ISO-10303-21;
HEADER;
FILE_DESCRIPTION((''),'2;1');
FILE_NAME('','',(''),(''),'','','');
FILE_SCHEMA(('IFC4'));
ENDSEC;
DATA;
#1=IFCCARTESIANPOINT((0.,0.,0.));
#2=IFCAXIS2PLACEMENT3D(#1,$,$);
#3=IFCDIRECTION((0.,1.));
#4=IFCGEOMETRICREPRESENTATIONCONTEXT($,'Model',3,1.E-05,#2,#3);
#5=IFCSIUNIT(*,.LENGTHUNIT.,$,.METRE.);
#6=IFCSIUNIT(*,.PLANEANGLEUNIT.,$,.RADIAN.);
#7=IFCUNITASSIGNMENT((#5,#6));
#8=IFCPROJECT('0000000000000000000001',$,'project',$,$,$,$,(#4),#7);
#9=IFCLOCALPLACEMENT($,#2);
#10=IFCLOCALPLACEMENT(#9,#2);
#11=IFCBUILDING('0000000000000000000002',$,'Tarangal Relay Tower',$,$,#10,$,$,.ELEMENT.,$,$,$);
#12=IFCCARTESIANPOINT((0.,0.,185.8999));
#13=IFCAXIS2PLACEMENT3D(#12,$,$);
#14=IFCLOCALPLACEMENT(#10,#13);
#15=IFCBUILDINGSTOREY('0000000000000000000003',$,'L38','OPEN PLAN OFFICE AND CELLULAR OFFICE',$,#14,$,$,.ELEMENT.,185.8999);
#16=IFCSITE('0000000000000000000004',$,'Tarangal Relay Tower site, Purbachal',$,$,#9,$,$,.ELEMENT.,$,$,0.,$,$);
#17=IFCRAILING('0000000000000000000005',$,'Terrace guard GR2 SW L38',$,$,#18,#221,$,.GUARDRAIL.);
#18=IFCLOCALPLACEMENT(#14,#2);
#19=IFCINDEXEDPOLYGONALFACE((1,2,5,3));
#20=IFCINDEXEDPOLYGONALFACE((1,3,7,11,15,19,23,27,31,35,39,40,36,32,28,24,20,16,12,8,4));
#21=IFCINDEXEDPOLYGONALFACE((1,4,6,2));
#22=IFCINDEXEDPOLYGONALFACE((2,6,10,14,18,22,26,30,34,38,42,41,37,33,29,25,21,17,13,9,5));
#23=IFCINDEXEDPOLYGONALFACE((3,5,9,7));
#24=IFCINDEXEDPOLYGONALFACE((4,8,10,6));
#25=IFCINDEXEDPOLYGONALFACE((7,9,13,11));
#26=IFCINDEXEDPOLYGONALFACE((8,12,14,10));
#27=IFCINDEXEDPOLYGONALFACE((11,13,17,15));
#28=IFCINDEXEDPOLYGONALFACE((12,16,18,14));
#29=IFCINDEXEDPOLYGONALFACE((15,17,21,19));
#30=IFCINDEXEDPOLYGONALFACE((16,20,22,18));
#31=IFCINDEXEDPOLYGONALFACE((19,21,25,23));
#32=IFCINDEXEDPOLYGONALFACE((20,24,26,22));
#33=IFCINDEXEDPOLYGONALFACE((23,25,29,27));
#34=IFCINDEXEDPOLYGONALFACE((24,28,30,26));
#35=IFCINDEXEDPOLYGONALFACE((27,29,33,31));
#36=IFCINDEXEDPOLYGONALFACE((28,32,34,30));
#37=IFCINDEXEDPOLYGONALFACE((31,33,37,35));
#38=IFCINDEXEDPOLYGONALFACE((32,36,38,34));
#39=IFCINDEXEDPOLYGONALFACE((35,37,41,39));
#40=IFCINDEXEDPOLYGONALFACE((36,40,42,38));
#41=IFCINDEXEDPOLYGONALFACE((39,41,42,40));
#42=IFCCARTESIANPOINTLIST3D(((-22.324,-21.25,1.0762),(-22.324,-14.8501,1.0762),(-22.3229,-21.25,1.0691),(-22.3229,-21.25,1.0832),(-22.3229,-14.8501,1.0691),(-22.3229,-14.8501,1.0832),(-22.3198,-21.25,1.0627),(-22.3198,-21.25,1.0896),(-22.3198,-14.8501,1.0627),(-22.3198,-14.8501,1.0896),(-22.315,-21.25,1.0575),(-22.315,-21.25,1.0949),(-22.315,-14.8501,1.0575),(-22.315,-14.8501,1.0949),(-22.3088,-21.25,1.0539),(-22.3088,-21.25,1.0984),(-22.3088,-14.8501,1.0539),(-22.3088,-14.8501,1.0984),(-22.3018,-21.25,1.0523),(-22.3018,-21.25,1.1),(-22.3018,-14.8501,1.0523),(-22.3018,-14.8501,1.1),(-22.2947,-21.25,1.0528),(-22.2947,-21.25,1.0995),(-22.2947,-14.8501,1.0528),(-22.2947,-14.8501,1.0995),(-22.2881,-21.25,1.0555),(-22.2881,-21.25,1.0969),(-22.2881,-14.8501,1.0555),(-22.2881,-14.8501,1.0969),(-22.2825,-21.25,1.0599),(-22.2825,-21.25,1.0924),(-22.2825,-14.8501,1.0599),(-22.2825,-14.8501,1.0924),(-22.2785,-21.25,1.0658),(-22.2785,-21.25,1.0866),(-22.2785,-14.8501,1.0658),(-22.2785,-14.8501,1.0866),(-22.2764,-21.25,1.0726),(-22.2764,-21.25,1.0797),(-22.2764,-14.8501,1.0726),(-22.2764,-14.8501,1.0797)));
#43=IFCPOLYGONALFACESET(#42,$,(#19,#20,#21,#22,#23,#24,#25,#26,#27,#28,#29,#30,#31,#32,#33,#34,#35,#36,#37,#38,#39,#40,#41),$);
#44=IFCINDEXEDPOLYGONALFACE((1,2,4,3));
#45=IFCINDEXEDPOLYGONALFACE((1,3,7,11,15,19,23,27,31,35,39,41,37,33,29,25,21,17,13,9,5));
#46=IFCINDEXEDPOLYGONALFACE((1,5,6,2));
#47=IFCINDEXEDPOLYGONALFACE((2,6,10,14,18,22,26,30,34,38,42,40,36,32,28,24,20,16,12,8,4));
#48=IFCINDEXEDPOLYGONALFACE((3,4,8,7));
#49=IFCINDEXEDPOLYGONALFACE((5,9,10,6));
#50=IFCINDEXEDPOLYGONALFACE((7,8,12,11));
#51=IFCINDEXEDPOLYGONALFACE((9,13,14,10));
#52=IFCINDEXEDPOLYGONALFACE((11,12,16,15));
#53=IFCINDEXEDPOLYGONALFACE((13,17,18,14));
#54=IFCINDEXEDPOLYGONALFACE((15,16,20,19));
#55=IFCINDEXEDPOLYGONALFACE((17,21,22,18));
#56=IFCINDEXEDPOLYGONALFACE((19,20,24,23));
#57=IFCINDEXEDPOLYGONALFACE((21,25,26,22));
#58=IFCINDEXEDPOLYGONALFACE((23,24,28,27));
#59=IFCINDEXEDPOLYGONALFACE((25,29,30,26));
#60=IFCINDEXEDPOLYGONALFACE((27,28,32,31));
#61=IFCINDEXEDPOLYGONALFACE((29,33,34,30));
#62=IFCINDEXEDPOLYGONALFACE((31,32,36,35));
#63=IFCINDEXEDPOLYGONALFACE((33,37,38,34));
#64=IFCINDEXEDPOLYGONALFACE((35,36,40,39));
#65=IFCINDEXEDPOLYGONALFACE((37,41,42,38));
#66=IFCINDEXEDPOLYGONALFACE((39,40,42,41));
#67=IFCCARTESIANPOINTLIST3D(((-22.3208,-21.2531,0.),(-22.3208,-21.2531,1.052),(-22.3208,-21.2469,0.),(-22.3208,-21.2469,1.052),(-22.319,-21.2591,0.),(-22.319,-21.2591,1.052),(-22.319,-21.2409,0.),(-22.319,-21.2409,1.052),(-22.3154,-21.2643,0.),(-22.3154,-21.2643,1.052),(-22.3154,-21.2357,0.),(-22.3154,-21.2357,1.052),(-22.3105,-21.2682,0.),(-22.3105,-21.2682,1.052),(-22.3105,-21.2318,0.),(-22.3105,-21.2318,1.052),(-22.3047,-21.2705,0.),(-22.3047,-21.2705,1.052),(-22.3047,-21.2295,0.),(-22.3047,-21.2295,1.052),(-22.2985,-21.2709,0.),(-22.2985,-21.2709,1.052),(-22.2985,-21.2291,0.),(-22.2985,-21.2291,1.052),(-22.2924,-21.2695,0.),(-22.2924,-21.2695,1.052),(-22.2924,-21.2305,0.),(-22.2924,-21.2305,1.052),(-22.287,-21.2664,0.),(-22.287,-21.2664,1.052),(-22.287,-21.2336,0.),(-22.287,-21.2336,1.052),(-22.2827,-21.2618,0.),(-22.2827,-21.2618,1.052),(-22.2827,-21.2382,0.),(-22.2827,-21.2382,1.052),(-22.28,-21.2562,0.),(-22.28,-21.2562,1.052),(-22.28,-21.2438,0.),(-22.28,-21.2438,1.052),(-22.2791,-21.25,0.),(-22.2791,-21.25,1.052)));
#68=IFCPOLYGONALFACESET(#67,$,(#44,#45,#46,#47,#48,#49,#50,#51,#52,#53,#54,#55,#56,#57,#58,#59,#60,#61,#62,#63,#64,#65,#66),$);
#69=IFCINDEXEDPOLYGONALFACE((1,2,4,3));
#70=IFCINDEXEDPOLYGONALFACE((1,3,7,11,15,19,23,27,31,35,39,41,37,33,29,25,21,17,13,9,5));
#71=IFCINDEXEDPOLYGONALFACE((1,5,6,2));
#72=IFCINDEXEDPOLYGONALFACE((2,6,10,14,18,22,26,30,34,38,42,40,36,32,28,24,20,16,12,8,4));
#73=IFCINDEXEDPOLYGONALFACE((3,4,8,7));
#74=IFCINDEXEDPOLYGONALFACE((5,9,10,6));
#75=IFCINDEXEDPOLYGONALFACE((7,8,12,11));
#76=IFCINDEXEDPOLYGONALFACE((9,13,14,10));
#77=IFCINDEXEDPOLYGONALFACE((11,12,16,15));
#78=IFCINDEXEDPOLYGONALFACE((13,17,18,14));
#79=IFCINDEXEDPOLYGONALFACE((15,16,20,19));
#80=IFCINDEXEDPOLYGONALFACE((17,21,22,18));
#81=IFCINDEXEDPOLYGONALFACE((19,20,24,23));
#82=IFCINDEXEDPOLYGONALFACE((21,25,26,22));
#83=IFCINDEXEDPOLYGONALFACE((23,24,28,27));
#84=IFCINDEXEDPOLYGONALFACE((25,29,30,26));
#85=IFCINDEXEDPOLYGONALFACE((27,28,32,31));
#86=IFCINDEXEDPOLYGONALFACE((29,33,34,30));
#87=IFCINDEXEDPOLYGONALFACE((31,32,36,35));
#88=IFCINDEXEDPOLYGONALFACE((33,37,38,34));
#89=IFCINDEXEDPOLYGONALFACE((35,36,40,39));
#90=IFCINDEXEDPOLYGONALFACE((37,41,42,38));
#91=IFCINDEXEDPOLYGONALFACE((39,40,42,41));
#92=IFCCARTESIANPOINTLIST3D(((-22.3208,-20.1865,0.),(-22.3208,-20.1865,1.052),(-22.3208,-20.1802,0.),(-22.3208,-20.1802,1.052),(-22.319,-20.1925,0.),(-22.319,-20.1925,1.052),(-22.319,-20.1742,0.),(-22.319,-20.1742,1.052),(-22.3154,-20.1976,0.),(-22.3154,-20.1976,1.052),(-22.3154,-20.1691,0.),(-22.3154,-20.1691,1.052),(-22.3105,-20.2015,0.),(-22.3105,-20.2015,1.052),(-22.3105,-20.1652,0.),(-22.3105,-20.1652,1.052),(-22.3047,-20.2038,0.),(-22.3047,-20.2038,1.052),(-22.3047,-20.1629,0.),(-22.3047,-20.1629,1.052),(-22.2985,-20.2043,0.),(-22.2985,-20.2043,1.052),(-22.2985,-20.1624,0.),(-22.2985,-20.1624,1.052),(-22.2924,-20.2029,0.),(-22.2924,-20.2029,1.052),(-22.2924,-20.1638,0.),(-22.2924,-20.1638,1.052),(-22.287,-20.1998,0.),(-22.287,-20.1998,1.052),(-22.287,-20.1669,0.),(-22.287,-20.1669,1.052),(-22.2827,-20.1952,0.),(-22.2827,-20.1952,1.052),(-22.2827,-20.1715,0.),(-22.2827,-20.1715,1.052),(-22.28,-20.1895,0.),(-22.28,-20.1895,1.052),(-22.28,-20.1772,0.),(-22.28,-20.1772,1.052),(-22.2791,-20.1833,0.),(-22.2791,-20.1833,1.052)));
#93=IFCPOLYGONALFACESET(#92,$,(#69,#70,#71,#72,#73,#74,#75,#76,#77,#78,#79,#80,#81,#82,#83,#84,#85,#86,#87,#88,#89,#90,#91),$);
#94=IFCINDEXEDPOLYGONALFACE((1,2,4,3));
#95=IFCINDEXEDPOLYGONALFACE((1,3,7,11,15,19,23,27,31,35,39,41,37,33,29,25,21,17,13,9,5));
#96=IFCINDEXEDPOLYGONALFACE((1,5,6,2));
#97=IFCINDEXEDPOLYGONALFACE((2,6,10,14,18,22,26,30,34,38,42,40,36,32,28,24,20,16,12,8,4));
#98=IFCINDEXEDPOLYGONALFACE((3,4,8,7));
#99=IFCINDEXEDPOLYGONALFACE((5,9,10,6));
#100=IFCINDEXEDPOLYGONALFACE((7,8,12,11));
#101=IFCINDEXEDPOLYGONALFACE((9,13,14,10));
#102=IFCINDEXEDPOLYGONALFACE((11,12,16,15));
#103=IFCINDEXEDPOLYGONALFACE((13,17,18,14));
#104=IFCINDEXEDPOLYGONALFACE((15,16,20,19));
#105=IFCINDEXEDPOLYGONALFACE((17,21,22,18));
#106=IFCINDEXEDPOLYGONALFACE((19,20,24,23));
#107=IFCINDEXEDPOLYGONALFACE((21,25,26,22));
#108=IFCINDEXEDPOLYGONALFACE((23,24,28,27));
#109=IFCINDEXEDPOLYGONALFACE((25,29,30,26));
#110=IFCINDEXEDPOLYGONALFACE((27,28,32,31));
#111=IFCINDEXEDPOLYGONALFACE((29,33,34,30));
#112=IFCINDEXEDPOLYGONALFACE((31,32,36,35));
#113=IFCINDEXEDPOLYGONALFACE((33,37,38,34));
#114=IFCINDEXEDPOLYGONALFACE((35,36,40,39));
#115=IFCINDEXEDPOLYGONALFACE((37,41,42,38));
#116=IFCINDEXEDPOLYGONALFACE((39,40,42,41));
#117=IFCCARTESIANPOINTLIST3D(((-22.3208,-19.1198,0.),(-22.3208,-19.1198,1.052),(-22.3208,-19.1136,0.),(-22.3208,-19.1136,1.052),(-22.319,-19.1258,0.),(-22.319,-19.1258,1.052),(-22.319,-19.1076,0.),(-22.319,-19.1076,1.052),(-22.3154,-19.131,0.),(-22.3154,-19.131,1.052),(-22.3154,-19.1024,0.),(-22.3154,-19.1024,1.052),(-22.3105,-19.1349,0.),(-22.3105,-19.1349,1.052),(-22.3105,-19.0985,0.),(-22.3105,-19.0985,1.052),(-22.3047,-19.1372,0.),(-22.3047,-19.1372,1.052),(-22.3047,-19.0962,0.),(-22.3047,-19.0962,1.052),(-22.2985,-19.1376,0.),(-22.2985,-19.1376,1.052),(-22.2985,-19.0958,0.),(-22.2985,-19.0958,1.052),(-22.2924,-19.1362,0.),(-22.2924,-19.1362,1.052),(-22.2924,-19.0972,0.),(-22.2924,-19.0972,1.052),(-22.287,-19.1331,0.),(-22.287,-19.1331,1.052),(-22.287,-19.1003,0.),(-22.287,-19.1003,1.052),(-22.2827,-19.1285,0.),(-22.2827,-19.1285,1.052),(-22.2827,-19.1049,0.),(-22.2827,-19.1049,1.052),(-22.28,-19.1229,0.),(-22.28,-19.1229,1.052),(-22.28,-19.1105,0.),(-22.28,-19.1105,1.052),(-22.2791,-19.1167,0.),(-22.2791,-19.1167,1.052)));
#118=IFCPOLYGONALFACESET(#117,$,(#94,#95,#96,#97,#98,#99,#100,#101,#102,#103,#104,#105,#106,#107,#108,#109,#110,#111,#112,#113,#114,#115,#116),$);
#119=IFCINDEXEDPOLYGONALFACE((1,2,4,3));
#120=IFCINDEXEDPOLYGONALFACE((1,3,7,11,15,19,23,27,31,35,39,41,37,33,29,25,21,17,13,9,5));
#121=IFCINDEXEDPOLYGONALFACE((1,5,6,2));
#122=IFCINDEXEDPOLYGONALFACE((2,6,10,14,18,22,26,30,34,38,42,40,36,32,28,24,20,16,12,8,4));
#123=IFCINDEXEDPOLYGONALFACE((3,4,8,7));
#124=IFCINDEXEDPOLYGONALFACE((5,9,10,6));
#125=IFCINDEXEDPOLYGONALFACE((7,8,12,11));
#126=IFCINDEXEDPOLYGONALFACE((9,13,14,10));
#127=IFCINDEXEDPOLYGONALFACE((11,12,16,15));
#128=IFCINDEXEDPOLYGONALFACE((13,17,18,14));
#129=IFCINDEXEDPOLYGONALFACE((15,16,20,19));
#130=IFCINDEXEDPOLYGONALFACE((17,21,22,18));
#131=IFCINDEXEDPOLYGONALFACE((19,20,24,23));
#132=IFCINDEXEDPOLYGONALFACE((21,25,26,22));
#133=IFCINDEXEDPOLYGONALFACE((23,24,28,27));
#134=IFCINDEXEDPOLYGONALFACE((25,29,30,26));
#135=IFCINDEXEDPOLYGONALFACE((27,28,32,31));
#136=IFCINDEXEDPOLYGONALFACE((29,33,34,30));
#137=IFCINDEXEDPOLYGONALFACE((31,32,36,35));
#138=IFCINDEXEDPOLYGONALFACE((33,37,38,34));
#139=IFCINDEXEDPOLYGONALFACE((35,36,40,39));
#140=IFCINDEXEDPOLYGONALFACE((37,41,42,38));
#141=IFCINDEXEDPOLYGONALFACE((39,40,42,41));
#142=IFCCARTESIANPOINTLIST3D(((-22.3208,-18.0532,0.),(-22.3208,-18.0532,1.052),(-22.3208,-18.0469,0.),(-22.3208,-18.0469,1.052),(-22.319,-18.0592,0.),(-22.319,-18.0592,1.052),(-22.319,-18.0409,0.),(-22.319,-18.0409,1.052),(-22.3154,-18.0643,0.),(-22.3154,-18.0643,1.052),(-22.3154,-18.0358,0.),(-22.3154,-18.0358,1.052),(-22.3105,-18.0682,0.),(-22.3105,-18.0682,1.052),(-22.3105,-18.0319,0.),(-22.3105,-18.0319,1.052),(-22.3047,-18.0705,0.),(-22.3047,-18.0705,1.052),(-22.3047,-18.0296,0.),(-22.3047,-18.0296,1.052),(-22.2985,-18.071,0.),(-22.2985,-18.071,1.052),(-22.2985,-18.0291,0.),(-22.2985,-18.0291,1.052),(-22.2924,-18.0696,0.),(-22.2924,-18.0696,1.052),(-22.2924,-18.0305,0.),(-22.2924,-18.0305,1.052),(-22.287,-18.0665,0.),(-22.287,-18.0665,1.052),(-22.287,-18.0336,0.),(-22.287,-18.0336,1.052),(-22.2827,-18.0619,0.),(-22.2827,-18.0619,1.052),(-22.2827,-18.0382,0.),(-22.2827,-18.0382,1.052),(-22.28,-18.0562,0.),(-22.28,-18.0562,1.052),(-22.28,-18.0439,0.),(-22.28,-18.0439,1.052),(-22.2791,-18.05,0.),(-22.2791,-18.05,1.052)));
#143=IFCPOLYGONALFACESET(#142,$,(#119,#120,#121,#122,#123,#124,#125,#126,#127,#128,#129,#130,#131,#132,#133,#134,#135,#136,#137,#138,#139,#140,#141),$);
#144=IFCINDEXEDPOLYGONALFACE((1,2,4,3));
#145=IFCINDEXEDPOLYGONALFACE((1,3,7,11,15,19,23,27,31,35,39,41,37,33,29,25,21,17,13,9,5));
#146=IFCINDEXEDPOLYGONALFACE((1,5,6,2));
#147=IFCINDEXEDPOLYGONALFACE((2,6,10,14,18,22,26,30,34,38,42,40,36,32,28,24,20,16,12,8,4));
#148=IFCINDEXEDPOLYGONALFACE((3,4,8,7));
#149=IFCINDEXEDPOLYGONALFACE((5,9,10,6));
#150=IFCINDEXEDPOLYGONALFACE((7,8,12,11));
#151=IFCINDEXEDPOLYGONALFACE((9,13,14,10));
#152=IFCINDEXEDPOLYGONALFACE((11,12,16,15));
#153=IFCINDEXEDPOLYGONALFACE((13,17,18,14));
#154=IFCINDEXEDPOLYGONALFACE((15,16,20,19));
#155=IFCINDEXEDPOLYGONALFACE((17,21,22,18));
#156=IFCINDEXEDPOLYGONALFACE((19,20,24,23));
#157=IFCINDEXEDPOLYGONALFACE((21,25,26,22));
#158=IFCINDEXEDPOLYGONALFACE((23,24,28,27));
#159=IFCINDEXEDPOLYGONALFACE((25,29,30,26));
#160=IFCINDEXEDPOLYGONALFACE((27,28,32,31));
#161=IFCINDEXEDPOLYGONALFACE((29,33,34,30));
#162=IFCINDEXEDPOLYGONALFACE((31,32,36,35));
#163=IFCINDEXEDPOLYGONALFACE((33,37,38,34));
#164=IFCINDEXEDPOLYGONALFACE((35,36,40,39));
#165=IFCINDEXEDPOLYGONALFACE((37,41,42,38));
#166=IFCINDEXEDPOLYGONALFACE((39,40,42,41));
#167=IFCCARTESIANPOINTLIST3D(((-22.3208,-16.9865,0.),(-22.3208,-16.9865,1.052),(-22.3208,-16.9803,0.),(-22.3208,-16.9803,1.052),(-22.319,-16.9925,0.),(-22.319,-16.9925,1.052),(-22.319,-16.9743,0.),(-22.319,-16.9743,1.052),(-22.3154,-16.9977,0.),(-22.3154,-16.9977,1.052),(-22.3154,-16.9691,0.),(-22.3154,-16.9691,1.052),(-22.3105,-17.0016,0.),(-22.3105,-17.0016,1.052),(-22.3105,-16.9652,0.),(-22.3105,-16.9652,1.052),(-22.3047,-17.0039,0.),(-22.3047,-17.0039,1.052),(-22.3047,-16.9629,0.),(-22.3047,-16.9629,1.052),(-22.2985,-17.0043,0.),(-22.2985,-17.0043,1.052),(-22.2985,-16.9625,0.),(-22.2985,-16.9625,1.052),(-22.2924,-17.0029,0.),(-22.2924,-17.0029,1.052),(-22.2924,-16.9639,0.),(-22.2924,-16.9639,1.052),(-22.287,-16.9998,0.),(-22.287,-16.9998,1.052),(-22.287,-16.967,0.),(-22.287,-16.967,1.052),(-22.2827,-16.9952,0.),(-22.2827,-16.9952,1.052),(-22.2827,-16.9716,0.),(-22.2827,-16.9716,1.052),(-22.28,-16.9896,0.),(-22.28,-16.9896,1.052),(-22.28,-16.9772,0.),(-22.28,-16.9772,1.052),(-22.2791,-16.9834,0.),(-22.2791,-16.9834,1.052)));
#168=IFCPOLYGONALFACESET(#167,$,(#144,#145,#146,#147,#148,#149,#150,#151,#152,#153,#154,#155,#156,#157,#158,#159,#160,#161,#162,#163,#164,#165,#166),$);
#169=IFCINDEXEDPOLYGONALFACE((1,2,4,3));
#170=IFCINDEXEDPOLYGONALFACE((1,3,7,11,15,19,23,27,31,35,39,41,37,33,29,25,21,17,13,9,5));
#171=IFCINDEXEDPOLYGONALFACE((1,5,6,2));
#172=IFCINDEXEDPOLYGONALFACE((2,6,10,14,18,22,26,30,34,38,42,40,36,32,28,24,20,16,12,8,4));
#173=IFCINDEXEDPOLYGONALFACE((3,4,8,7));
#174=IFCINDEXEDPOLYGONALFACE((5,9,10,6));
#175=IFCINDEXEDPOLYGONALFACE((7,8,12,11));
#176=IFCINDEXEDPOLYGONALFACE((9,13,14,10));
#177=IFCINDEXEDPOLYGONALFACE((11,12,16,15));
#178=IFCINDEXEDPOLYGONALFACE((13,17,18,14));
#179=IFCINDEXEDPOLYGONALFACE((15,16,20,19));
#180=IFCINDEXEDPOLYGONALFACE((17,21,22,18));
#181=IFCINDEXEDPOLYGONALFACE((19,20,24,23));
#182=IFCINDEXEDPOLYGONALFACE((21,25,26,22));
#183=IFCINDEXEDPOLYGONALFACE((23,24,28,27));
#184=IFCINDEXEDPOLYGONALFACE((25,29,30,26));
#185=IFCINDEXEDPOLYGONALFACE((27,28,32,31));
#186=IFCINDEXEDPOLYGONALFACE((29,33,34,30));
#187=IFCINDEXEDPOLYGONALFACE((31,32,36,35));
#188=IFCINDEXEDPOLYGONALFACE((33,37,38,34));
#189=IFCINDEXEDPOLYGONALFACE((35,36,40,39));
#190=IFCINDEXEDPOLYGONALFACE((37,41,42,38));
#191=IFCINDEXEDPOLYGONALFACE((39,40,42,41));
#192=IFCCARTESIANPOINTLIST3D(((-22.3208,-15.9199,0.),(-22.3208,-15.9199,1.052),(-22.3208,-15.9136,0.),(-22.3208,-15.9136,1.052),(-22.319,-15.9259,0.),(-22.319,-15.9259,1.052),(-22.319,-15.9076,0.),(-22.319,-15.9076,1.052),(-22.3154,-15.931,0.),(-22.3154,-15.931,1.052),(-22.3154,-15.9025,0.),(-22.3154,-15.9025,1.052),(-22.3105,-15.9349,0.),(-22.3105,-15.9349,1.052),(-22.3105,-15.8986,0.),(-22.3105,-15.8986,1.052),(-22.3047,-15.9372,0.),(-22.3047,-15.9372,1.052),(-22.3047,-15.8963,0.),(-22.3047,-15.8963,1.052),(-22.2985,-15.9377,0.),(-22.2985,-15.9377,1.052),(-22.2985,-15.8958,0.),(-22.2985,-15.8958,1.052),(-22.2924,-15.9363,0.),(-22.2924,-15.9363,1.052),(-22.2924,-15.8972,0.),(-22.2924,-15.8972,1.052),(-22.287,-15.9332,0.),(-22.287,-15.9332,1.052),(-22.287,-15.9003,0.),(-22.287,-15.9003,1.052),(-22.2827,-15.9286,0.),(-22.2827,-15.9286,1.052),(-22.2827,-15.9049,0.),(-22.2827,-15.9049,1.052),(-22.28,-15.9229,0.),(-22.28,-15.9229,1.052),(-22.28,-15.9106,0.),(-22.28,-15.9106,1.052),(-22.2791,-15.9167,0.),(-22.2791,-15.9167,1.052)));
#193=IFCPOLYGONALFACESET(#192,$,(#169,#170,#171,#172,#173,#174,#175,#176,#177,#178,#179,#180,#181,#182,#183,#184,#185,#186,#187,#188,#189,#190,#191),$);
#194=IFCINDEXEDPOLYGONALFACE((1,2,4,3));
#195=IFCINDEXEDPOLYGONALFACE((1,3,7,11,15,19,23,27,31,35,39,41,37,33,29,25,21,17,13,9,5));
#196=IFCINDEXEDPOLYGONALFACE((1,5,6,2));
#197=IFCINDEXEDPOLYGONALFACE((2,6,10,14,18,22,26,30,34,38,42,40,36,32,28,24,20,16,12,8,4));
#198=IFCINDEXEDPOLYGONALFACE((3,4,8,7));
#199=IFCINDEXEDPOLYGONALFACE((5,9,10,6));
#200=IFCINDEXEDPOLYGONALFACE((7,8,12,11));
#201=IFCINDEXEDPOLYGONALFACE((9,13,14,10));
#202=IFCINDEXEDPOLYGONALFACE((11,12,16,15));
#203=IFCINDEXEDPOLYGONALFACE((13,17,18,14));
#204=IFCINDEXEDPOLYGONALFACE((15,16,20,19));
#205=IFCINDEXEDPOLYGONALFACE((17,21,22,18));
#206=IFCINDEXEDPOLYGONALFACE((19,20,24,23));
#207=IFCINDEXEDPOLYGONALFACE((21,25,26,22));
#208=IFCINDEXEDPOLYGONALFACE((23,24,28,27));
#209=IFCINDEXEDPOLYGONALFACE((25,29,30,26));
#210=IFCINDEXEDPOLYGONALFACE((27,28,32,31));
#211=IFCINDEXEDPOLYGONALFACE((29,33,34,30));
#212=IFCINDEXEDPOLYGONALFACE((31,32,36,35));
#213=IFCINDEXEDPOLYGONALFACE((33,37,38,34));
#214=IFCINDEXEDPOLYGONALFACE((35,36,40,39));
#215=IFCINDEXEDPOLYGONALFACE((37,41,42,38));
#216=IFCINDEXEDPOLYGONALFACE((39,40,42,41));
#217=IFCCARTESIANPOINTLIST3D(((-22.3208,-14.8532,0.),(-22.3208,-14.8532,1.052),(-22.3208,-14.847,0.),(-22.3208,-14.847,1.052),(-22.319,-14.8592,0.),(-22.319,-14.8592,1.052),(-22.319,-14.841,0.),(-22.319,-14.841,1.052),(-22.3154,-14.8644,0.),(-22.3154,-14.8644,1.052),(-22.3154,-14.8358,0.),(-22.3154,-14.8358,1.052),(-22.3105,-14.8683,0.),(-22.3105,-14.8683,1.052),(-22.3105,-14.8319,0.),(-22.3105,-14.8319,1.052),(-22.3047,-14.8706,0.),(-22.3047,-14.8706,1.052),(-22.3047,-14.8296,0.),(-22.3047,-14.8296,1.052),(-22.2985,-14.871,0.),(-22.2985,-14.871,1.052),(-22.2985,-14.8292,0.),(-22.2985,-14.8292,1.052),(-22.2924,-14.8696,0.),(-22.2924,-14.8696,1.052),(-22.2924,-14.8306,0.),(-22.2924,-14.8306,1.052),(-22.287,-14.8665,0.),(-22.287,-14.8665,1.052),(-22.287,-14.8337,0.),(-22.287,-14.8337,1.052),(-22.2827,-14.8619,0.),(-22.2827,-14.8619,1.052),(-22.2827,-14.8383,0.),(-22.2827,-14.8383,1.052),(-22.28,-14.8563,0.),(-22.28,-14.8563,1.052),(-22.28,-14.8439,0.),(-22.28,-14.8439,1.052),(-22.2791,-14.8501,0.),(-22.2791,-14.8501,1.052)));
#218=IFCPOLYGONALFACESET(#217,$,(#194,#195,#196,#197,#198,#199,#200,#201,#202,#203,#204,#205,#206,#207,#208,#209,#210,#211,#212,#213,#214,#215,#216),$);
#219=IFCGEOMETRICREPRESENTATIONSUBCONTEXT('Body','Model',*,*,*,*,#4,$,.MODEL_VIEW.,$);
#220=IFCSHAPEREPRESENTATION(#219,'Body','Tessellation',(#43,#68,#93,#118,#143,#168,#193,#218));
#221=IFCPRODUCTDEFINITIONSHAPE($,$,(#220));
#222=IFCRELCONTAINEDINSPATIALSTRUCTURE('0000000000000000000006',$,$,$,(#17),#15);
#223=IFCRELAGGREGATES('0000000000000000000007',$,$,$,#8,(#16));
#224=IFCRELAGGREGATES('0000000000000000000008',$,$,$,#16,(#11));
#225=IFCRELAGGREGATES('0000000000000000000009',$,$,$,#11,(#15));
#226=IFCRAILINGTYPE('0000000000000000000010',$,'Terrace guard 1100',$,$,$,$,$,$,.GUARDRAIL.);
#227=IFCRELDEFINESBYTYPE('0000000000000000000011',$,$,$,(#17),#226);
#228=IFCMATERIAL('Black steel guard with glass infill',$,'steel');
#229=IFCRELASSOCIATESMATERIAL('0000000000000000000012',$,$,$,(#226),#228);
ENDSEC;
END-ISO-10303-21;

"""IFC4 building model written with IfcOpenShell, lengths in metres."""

from ifc_helpers import new_model, si_unit, direction, frame, origin, origin_2d, place, context, subcontext, project, spatial, circle, extrude, material, type_object, element, save


model = new_model("IFC4")

# Units and contexts
model_context = context("Model", 3, precision=1e-05, world=origin(), true_north=direction((0.0, 1.0)))
body_context = subcontext(model_context, "Body", "Model", "MODEL_VIEW")
ifc_project = project(units=[si_unit("LENGTHUNIT", "METRE"), si_unit("PLANEANGLEUNIT", "RADIAN")], contexts=[model_context])

# Site, building, storey
site_placement = place(None, origin())
site = spatial("IfcSite", under=ifc_project, at=site_placement, Name="Tarangal Relay Tower site, Purbachal", CompositionType="ELEMENT", RefElevation=0.0)
building_placement = place(site_placement, origin())
building = spatial("IfcBuilding", under=site, at=building_placement, Name="Tarangal Relay Tower", CompositionType="ELEMENT")
storey_placement = place(building_placement, frame((0.0, 0.0, 185.8999)))
storey = spatial("IfcBuildingStorey", under=building, at=storey_placement, Name="L38", Description="OPEN PLAN OFFICE AND CELLULAR OFFICE", CompositionType="ELEMENT", Elevation=185.8999)

# Railing
ifc_material_1 = material(Name="Black steel guard with glass infill", Category="steel")
railing_type = type_object("IfcRailingType", Name="Terrace guard 1100", PredefinedType="GUARDRAIL", material=ifc_material_1)
railing_1_placement = place(storey_placement, frame((-22.3, -21.25, 0.0)))
element("IfcRailing", 1, at=railing_1_placement, inside=storey, type_object=railing_type, Name="Terrace guard GR2 SW L38", PredefinedType="GUARDRAIL", context=body_context, shape_type="SweptSolid", body=[
    extrude(circle(Radius=0.0239, at=origin_2d()), frame((0.0, 0.0, 1.0762), z_axis=(0.0, 1.0, 0.0), x_axis=(-1.0, 0.0, 0.0)), (0.0, 0.0, 1.0), 6.3999),
    extrude(circle(Radius=0.021, at=origin_2d()), origin(), (0.0, 0.0, 1.0), 1.052),
    extrude(circle(Radius=0.021, at=origin_2d()), frame((0.0, 1.0667, 0.0)), (0.0, 0.0, 1.0), 1.052),
    extrude(circle(Radius=0.021, at=origin_2d()), frame((0.0, 2.1333, 0.0)), (0.0, 0.0, 1.0), 1.052),
    extrude(circle(Radius=0.021, at=origin_2d()), frame((0.0, 3.2, 0.0)), (0.0, 0.0, 1.0), 1.052),
    extrude(circle(Radius=0.021, at=origin_2d()), frame((0.0, 4.2666, 0.0)), (0.0, 0.0, 1.0), 1.052),
    extrude(circle(Radius=0.021, at=origin_2d()), frame((0.0, 5.3333, 0.0)), (0.0, 0.0, 1.0), 1.052),
    extrude(circle(Radius=0.021, at=origin_2d()), frame((0.0, 6.3999, 0.0)), (0.0, 0.0, 1.0), 1.052),
])

save(model, "model.ifc")
